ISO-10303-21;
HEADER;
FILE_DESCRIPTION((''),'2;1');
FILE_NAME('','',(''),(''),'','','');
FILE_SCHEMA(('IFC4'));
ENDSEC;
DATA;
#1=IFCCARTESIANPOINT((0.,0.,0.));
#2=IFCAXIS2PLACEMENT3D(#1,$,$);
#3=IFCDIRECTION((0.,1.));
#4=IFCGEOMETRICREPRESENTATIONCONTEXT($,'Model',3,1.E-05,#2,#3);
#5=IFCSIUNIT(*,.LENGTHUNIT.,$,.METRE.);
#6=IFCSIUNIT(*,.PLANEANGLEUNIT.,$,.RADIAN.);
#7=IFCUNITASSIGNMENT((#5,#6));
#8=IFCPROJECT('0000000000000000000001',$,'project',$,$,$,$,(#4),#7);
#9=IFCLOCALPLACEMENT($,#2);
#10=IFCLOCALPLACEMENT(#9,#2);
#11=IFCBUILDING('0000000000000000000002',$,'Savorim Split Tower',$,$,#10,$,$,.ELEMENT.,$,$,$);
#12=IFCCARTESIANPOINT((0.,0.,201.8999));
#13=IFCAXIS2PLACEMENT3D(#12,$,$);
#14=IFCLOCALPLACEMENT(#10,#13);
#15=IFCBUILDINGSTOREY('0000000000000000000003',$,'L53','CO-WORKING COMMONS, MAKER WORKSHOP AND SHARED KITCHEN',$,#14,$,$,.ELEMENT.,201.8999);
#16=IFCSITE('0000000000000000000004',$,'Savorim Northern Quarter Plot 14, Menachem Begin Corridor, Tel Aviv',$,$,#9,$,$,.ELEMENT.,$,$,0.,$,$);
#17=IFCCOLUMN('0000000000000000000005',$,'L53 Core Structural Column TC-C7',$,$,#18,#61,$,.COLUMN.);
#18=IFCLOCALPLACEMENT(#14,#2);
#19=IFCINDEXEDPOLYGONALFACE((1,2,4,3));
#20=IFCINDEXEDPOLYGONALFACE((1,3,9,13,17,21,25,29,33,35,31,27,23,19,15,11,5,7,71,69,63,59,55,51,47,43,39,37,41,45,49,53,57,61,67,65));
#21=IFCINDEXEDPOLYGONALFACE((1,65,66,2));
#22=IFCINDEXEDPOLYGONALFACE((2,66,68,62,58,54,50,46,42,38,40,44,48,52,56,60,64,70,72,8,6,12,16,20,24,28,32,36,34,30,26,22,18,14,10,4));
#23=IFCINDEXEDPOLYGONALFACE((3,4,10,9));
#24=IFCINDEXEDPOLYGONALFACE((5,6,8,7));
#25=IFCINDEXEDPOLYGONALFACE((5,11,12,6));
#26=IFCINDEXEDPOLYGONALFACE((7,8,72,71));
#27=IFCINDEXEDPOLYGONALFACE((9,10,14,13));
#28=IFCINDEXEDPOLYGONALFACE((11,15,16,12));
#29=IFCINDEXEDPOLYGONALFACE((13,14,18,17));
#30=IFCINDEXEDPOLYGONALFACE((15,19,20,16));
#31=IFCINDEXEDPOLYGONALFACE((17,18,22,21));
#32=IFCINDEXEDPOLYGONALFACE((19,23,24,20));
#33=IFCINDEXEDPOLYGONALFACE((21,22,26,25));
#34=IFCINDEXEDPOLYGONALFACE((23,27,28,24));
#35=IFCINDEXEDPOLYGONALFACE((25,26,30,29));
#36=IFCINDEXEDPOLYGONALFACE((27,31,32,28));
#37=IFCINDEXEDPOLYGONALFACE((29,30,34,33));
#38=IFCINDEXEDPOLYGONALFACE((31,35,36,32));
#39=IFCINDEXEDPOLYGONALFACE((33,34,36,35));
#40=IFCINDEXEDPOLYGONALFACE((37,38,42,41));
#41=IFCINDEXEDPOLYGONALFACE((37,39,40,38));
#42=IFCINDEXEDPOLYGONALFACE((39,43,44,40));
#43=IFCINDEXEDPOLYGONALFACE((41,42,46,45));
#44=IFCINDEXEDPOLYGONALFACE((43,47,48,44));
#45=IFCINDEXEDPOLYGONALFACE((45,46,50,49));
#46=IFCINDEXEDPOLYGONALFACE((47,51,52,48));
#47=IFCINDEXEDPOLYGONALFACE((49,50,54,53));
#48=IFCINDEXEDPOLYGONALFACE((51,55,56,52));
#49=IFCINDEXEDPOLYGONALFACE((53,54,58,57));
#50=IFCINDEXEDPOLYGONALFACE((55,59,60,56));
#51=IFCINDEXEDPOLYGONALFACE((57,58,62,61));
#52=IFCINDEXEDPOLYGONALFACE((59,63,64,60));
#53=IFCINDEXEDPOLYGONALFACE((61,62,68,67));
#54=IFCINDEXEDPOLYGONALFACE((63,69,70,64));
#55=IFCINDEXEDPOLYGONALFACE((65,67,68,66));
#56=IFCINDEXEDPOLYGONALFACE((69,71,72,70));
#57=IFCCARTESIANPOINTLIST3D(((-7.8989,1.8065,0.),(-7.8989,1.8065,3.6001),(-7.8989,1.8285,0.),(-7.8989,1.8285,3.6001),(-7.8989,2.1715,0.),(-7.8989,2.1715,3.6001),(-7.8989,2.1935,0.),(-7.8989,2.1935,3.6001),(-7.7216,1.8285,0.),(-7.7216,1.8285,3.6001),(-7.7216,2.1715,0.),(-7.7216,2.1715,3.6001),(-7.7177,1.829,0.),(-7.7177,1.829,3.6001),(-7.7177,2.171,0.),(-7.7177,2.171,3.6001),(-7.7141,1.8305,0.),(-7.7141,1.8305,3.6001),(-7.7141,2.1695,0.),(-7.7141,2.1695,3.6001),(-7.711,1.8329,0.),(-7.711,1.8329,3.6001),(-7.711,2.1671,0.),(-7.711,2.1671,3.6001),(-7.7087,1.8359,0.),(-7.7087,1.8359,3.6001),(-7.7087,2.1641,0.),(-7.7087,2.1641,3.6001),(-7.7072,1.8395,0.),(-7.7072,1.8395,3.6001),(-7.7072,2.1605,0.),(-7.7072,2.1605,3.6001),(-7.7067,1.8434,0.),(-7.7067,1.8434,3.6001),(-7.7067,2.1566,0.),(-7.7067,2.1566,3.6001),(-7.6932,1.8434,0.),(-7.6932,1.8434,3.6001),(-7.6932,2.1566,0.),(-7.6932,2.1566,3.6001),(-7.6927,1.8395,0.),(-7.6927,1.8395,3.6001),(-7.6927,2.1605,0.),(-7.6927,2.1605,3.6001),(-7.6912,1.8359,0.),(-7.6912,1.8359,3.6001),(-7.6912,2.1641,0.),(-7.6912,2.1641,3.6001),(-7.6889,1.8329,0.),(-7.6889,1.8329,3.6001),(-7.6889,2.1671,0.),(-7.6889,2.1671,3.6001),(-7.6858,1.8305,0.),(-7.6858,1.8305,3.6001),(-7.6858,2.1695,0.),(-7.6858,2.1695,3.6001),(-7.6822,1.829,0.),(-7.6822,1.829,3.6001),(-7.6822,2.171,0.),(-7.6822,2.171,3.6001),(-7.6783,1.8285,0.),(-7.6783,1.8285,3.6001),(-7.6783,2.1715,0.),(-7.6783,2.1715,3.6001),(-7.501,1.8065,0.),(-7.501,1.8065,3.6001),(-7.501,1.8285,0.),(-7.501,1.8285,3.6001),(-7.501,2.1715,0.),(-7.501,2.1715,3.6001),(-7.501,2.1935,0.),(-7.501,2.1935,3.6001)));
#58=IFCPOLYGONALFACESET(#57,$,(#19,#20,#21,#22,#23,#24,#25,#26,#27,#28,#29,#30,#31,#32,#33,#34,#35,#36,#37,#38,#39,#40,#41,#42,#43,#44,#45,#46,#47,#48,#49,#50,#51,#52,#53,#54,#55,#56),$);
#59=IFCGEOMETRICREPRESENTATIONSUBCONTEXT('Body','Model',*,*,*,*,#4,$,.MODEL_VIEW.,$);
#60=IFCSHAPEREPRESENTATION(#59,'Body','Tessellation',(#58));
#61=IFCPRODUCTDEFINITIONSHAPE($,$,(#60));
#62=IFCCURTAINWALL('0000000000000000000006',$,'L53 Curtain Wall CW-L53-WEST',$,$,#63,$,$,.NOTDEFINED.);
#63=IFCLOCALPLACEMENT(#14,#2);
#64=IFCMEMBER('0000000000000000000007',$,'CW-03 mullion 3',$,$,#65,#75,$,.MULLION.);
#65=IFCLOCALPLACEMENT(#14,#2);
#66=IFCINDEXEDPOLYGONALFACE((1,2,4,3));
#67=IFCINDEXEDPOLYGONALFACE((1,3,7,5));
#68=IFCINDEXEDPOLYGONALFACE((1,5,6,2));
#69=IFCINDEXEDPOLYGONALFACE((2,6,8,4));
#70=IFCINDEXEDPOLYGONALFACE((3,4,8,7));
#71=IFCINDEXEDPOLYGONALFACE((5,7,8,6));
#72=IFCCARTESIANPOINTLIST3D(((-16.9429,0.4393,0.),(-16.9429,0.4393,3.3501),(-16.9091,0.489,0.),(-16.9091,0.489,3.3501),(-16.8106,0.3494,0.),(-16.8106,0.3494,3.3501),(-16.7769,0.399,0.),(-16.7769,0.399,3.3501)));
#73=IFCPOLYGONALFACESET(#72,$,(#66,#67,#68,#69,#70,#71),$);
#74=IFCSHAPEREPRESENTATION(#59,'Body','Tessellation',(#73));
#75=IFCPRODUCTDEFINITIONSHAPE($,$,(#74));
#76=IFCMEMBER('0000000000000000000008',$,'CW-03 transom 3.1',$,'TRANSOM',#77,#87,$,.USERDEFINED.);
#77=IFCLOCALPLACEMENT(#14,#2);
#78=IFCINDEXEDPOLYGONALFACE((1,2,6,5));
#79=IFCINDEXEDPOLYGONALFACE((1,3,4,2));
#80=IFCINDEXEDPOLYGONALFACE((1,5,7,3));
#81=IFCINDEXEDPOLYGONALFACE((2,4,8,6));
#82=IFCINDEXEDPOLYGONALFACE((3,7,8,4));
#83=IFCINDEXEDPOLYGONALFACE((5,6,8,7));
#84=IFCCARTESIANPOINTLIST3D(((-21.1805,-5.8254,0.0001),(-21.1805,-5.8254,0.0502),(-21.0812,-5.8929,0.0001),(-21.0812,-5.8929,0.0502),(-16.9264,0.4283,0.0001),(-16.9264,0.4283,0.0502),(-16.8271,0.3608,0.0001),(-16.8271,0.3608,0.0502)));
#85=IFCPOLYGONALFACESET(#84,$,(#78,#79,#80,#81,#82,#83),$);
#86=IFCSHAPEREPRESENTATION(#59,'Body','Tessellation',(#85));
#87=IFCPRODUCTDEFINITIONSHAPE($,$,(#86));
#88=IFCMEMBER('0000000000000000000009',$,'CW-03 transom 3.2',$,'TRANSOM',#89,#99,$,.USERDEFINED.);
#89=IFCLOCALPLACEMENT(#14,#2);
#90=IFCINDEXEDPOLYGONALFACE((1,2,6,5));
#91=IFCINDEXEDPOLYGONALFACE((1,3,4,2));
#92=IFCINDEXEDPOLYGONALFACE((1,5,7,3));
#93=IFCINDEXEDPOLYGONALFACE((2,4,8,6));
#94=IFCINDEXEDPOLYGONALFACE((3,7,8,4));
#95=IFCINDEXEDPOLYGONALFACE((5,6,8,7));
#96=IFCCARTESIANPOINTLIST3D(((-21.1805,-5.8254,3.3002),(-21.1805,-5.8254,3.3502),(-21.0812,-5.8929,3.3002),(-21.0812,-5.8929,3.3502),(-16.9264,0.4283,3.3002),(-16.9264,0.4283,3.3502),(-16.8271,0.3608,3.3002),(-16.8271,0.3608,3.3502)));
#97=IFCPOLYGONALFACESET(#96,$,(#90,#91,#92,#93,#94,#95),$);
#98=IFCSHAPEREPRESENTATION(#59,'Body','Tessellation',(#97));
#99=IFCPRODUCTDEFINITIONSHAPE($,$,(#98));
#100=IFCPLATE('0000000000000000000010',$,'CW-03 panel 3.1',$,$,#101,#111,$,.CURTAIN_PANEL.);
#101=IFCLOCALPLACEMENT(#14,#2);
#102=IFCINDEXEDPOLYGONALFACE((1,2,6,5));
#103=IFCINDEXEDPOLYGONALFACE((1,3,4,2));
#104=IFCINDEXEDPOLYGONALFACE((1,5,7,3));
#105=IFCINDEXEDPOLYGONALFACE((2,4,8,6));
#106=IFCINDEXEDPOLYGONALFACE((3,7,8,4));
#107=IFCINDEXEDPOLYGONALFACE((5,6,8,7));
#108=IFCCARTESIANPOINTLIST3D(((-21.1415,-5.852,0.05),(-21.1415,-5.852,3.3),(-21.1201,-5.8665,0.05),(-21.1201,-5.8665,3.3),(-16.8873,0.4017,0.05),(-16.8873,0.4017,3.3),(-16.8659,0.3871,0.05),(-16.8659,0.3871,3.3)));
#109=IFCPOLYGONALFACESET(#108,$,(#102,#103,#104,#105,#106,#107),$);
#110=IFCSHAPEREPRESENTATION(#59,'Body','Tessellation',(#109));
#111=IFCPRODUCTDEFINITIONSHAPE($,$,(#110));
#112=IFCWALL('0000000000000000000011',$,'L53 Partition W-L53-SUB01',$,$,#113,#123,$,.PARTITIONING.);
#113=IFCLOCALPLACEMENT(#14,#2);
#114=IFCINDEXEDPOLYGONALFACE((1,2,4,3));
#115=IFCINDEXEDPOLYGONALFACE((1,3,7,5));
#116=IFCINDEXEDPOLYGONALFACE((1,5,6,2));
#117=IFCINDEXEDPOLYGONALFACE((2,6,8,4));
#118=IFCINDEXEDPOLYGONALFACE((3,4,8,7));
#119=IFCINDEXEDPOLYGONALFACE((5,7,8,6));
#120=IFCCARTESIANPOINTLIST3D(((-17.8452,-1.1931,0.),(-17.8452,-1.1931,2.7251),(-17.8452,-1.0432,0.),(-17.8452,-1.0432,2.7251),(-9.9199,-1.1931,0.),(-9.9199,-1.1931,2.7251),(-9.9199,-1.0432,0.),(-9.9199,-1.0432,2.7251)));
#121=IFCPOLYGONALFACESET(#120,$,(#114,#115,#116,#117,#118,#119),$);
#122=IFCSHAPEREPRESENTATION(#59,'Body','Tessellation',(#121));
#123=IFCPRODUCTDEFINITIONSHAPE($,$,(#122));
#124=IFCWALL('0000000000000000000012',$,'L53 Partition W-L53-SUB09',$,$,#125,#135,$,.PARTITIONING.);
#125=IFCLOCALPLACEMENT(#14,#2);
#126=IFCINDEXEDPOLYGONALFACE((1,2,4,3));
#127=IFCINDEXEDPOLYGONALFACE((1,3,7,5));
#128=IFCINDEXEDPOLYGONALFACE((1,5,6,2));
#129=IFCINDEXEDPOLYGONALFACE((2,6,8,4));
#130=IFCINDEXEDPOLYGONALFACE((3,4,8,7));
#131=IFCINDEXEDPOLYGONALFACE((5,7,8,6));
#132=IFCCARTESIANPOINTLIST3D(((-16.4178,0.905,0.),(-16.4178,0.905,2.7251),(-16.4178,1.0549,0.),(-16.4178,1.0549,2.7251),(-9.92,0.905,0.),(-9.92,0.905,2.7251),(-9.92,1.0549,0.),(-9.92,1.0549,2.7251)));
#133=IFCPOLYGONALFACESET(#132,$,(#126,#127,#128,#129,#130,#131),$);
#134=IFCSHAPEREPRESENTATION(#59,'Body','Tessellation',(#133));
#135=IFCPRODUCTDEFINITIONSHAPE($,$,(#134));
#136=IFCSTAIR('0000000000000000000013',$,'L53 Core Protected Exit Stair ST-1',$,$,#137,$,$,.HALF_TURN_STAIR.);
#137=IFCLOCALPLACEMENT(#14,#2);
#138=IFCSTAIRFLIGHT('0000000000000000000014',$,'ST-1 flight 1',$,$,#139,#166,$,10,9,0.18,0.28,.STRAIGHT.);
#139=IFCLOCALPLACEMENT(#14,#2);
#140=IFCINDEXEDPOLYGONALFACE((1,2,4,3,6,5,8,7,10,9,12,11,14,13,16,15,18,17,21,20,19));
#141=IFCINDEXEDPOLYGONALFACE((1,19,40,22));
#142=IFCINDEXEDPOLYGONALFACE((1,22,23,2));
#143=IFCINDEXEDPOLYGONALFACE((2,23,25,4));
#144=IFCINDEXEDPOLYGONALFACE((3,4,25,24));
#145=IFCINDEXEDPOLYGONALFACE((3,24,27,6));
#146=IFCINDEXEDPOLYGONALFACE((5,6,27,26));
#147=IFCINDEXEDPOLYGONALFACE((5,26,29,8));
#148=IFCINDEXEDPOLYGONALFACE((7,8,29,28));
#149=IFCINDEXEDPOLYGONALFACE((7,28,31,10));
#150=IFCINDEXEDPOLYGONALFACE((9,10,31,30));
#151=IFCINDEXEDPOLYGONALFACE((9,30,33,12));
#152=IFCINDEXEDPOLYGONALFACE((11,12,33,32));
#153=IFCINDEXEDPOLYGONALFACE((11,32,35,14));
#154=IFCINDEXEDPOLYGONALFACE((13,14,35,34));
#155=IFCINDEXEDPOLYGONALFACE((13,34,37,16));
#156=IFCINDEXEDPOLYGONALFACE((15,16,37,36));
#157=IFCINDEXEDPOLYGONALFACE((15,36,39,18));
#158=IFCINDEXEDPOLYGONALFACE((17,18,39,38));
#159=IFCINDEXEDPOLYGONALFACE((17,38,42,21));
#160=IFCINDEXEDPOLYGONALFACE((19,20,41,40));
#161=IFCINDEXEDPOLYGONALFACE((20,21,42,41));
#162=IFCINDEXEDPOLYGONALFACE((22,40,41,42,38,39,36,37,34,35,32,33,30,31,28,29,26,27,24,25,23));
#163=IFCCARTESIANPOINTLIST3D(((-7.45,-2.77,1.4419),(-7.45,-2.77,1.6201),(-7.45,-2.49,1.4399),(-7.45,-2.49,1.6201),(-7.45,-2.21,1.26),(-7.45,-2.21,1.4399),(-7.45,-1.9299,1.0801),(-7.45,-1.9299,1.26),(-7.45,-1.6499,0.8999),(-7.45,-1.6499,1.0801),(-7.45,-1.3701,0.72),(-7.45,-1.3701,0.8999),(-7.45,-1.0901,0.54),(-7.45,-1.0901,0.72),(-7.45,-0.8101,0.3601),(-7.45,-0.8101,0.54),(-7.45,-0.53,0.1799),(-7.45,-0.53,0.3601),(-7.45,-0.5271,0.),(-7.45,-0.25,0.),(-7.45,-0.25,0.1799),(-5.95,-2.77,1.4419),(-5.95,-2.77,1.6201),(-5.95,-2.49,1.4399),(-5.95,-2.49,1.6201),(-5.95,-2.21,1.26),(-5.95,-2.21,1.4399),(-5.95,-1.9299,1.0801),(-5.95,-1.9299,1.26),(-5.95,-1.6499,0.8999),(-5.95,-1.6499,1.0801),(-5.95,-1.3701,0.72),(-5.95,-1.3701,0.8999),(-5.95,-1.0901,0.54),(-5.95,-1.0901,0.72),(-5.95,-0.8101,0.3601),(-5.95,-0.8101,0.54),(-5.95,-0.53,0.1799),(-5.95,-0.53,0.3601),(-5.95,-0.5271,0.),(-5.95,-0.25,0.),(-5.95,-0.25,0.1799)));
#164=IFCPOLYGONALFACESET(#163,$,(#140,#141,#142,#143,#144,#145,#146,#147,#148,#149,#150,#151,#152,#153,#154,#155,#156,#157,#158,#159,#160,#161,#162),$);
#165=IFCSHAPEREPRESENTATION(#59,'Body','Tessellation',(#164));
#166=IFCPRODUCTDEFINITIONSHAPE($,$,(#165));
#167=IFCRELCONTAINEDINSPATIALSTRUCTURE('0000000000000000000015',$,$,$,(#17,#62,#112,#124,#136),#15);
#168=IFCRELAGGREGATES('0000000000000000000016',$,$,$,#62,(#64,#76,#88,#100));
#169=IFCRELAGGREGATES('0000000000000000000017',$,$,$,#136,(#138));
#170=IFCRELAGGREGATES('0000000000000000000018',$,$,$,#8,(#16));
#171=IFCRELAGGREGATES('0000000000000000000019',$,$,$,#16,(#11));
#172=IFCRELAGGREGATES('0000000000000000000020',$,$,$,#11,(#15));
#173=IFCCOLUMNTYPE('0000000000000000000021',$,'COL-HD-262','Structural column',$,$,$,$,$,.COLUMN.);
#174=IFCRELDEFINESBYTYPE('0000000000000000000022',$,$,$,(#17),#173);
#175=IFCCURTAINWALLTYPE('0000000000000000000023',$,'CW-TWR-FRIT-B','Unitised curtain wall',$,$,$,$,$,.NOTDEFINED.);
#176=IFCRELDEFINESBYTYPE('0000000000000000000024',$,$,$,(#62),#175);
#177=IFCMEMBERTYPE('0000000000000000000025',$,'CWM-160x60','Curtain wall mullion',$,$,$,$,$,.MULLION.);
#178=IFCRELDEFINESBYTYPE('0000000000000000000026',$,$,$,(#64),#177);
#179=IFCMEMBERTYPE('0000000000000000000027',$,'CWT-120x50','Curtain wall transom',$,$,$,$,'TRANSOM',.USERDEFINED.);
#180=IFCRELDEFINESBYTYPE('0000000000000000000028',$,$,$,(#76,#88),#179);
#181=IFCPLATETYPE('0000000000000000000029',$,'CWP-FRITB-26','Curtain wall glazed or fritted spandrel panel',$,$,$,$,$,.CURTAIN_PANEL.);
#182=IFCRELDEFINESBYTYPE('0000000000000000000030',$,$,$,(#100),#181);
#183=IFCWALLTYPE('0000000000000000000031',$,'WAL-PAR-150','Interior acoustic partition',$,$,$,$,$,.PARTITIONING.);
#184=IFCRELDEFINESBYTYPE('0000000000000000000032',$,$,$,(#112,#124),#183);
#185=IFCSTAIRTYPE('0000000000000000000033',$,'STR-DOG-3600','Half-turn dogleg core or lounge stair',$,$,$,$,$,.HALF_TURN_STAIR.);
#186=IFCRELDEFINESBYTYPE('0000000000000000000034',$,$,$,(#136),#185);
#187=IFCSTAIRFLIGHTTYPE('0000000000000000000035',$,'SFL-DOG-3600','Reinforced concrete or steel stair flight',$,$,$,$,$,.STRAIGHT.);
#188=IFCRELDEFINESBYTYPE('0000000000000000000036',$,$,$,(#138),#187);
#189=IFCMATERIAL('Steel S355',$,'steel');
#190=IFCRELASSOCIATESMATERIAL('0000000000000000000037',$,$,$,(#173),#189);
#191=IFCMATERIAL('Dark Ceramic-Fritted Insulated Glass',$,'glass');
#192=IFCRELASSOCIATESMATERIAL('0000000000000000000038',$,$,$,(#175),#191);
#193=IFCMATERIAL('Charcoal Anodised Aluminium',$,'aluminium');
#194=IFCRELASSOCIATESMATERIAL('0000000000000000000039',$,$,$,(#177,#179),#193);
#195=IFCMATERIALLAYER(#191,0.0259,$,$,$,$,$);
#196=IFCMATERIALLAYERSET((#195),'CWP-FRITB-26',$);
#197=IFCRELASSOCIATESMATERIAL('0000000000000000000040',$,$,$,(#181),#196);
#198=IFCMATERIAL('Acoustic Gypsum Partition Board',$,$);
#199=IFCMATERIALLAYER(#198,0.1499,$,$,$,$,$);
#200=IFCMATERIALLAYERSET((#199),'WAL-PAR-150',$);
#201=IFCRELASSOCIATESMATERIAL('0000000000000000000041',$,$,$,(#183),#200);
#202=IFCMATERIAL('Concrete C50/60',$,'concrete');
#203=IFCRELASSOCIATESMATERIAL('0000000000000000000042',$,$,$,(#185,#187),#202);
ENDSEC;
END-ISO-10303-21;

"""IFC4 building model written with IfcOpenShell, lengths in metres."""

from ifc_helpers import new_model, si_unit, direction, frame, frame_2d, origin, origin_2d, place, context, subcontext, project, spatial, polyline, rectangle, i_section, outline, extrude, material, layer, layer_set, material_profile, profile_set, type_object, element, aggregate, save


model = new_model("IFC4")

# Units and contexts
model_context = context("Model", 3, precision=1e-05, world=origin(), true_north=direction((0.0, 1.0)))
body_context = subcontext(model_context, "Body", "Model", "MODEL_VIEW")
ifc_project = project(units=[si_unit("LENGTHUNIT", "METRE"), si_unit("PLANEANGLEUNIT", "RADIAN")], contexts=[model_context])

# Site, building, storey
site_placement = place(None, origin())
site = spatial("IfcSite", under=ifc_project, at=site_placement, Name="Savorim Northern Quarter Plot 14, Menachem Begin Corridor, Tel Aviv", CompositionType="ELEMENT", RefElevation=0.0)
building_placement = place(site_placement, origin())
building = spatial("IfcBuilding", under=site, at=building_placement, Name="Savorim Split Tower", CompositionType="ELEMENT")
storey_placement = place(building_placement, frame((0.0, 0.0, 201.8999)))
storey = spatial("IfcBuildingStorey", under=building, at=storey_placement, Name="L53", Description="CO-WORKING COMMONS, MAKER WORKSHOP AND SHARED KITCHEN", CompositionType="ELEMENT", Elevation=201.8999)

# Column
ifc_material_1 = material(Name="Steel S355", Category="steel")
ifc_material_profile_1 = material_profile(ifc_material_1, i_section(OverallWidth=0.3979, OverallDepth=0.387, WebThickness=0.0134, FlangeThickness=0.022, FilletRadius=0.0149, at=origin_2d()), Name="HD 400x262")
ifc_profile_set_1 = profile_set([ifc_material_profile_1], Name="Steel S355")
column_type = type_object("IfcColumnType", Name="COL-HD-262", Description="Structural column", PredefinedType="COLUMN", material=ifc_profile_set_1)
column_placement = place(storey_placement, frame((-7.7, 2.0, 0.0), z_axis=(0.0, 0.0, 1.0), x_axis=(1.0, 0.0, 0.0)))
element("IfcColumn", 1, at=column_placement, inside=storey, type_object=column_type, Name="L53 Core Structural Column TC-C7", PredefinedType="COLUMN", context=body_context, shape_type="SweptSolid", body=[
    extrude(i_section(OverallWidth=0.3979, OverallDepth=0.387, WebThickness=0.0134, FlangeThickness=0.022, FilletRadius=0.0149, at=origin_2d()), origin(), (0.0, 0.0, 1.0), 3.6001),
])

# Curtain wall, members, plate
ifc_material_2 = material(Name="Dark Ceramic-Fritted Insulated Glass", Category="glass")
curtain_wall_type = type_object("IfcCurtainWallType", Name="CW-TWR-FRIT-B", Description="Unitised curtain wall", PredefinedType="NOTDEFINED", material=ifc_material_2)
curtain_wall_placement = place(storey_placement, origin())
curtain_wall = element("IfcCurtainWall", 2, at=curtain_wall_placement, inside=storey, type_object=curtain_wall_type, Name="L53 Curtain Wall CW-L53-WEST", PredefinedType="NOTDEFINED")
ifc_material_3 = material(Name="Charcoal Anodised Aluminium", Category="aluminium")
ifc_material_profile_2 = material_profile(ifc_material_3, rectangle(XDim=0.1599, YDim=0.0601, at=origin_2d()), Name="ALU-M 160x60")
ifc_profile_set_2 = profile_set([ifc_material_profile_2], Name="Charcoal Anodised Aluminium")
member_type_1 = type_object("IfcMemberType", Name="CWM-160x60", Description="Curtain wall mullion", PredefinedType="MULLION", material=ifc_profile_set_2)
member_1_placement = place(storey_placement, frame((-16.8599, 0.4192, 0.0), z_axis=(0.0, 0.0, 1.0), x_axis=(0.826821, -0.562465, 0.0)))
member_1 = element("IfcMember", 3, at=member_1_placement, type_object=member_type_1, Name="CW-03 mullion 3", PredefinedType="MULLION", context=body_context, shape_type="SweptSolid", body=[
    extrude(rectangle(XDim=0.1599, YDim=0.0601, at=origin_2d()), origin(), (0.0, 0.0, 1.0), 3.3501),
])
ifc_material_profile_3 = material_profile(ifc_material_3, rectangle(XDim=0.1201, YDim=0.05, at=origin_2d()), Name="ALU-T 120x50")
ifc_profile_set_3 = profile_set([ifc_material_profile_3], Name="Charcoal Anodised Aluminium")
member_type_2 = type_object("IfcMemberType", Name="CWT-120x50", Description="Curtain wall transom", ElementType="TRANSOM", PredefinedType="USERDEFINED", material=ifc_profile_set_3)
member_2_placement = place(storey_placement, frame((-16.8767, 0.3945, 0.0251), z_axis=(-0.56246, -0.826824, 0.0), x_axis=(0.826824, -0.56246, 0.0)))
member_2 = element("IfcMember", 4, at=member_2_placement, type_object=member_type_2, Name="CW-03 transom 3.1", ObjectType="TRANSOM", PredefinedType="USERDEFINED", context=body_context, shape_type="SweptSolid", body=[
    extrude(rectangle(XDim=0.1201, YDim=0.05, at=origin_2d()), origin(), (0.0, 0.0, 1.0), 7.5635),
])
member_3_placement = place(storey_placement, frame((-16.8767, 0.3945, 3.3252), z_axis=(-0.56246, -0.826824, 0.0), x_axis=(0.826824, -0.56246, 0.0)))
member_3 = element("IfcMember", 5, at=member_3_placement, type_object=member_type_2, Name="CW-03 transom 3.2", ObjectType="TRANSOM", PredefinedType="USERDEFINED", context=body_context, shape_type="SweptSolid", body=[
    extrude(rectangle(XDim=0.1201, YDim=0.05, at=origin_2d()), origin(), (0.0, 0.0, 1.0), 7.5635),
])
ifc_layer_1 = layer(ifc_material_2, 0.0259)
ifc_layer_set_1 = layer_set([ifc_layer_1], Name="CWP-FRITB-26")
plate_type = type_object("IfcPlateType", Name="CWP-FRITB-26", Description="Curtain wall glazed or fritted spandrel panel", PredefinedType="CURTAIN_PANEL", material=ifc_layer_set_1)
plate_placement = place(storey_placement, frame((-19.0037, -2.7324, 0.05), z_axis=(0.0, 0.0, 1.0), x_axis=(-0.562465, -0.826821, 0.0)))
plate = element("IfcPlate", 6, at=plate_placement, type_object=plate_type, Name="CW-03 panel 3.1", PredefinedType="CURTAIN_PANEL", context=body_context, shape_type="SweptSolid", body=[
    extrude(rectangle(XDim=7.5635, YDim=0.0259, at=origin_2d()), origin(), (0.0, 0.0, 1.0), 3.25),
])
aggregate(curtain_wall, [member_1, member_2, member_3, plate])

# Shared definitions
ifc_material_4 = material(Name="Concrete C50/60", Category="concrete")

# Walls
ifc_material_5 = material(Name="Acoustic Gypsum Partition Board")
ifc_layer_2 = layer(ifc_material_5, 0.1499)
ifc_layer_set_2 = layer_set([ifc_layer_2], Name="WAL-PAR-150")
wall_type_1 = type_object("IfcWallType", Name="WAL-PAR-150", Description="Interior acoustic partition", PredefinedType="PARTITIONING", material=ifc_layer_set_2)
wall_1_placement = place(storey_placement, frame((-9.9199, -1.1182, 0.0), z_axis=(0.0, 0.0, 1.0), x_axis=(-1.0, 0.0, 0.0)))
element("IfcWall", 7, at=wall_1_placement, inside=storey, type_object=wall_type_1, Name="L53 Partition W-L53-SUB01", PredefinedType="PARTITIONING", context=body_context, shape_type="SweptSolid", body=[
    extrude(rectangle(XDim=7.9253, YDim=0.1499, at=frame_2d((3.9626, 0.0))), origin(), (0.0, 0.0, 1.0), 2.7251),
])
wall_2_placement = place(storey_placement, frame((-9.9199, 0.98, 0.0), z_axis=(0.0, 0.0, 1.0), x_axis=(-1.0, 0.0, 0.0)))
element("IfcWall", 8, at=wall_2_placement, inside=storey, type_object=wall_type_1, Name="L53 Partition W-L53-SUB09", PredefinedType="PARTITIONING", context=body_context, shape_type="SweptSolid", body=[
    extrude(rectangle(XDim=6.4978, YDim=0.1499, at=frame_2d((3.249, 0.0))), origin(), (0.0, 0.0, 1.0), 2.7251),
])

# Stair, stair flight
stair_type = type_object("IfcStairType", Name="STR-DOG-3600", Description="Half-turn dogleg core or lounge stair", PredefinedType="HALF_TURN_STAIR", material=ifc_material_4)
stair_placement = place(storey_placement, origin())
stair = element("IfcStair", 9, at=stair_placement, inside=storey, type_object=stair_type, Name="L53 Core Protected Exit Stair ST-1", PredefinedType="HALF_TURN_STAIR")
stair_flight_type = type_object("IfcStairFlightType", Name="SFL-DOG-3600", Description="Reinforced concrete or steel stair flight", PredefinedType="STRAIGHT", material=ifc_material_4)
stair_flight_1_placement = place(storey_placement, frame((-6.7, -0.25, 0.0), z_axis=(0.0, 0.0, 1.0), x_axis=(0.0, -1.0, 0.0)))
stair_flight_1 = element("IfcStairFlight", 10, at=stair_flight_1_placement, type_object=stair_flight_type, Name="ST-1 flight 1", NumberOfRisers=10, NumberOfTreads=9, PredefinedType="STRAIGHT", RiserHeight=0.18, TreadLength=0.28, context=body_context, shape_type="SweptSolid", body=[
    extrude(outline(polyline([(0.0, 0.0), (0.0, 0.1799), (0.28, 0.1799), (0.28, 0.3601), (0.5601, 0.3601), (0.5601, 0.54), (0.8401, 0.54), (0.8401, 0.72), (1.1201, 0.72), (1.1201, 0.8999), (1.3999, 0.8999), (1.3999, 1.0801), (1.6799, 1.0801), (1.6799, 1.26), (1.96, 1.26), (1.96, 1.4399), (2.24, 1.4399), (2.24, 1.6201), (2.52, 1.6201), (2.52, 1.8), (2.52, 1.4419), (0.2771, 0.0), (0.0, 0.0)])), frame((0.0, 0.75, 0.0), z_axis=(0.0, -1.0, 0.0), x_axis=(1.0, 0.0, 0.0)), (0.0, 0.0, 1.0), 1.5),
])
aggregate(stair, [stair_flight_1])

save(model, "model.ifc")
